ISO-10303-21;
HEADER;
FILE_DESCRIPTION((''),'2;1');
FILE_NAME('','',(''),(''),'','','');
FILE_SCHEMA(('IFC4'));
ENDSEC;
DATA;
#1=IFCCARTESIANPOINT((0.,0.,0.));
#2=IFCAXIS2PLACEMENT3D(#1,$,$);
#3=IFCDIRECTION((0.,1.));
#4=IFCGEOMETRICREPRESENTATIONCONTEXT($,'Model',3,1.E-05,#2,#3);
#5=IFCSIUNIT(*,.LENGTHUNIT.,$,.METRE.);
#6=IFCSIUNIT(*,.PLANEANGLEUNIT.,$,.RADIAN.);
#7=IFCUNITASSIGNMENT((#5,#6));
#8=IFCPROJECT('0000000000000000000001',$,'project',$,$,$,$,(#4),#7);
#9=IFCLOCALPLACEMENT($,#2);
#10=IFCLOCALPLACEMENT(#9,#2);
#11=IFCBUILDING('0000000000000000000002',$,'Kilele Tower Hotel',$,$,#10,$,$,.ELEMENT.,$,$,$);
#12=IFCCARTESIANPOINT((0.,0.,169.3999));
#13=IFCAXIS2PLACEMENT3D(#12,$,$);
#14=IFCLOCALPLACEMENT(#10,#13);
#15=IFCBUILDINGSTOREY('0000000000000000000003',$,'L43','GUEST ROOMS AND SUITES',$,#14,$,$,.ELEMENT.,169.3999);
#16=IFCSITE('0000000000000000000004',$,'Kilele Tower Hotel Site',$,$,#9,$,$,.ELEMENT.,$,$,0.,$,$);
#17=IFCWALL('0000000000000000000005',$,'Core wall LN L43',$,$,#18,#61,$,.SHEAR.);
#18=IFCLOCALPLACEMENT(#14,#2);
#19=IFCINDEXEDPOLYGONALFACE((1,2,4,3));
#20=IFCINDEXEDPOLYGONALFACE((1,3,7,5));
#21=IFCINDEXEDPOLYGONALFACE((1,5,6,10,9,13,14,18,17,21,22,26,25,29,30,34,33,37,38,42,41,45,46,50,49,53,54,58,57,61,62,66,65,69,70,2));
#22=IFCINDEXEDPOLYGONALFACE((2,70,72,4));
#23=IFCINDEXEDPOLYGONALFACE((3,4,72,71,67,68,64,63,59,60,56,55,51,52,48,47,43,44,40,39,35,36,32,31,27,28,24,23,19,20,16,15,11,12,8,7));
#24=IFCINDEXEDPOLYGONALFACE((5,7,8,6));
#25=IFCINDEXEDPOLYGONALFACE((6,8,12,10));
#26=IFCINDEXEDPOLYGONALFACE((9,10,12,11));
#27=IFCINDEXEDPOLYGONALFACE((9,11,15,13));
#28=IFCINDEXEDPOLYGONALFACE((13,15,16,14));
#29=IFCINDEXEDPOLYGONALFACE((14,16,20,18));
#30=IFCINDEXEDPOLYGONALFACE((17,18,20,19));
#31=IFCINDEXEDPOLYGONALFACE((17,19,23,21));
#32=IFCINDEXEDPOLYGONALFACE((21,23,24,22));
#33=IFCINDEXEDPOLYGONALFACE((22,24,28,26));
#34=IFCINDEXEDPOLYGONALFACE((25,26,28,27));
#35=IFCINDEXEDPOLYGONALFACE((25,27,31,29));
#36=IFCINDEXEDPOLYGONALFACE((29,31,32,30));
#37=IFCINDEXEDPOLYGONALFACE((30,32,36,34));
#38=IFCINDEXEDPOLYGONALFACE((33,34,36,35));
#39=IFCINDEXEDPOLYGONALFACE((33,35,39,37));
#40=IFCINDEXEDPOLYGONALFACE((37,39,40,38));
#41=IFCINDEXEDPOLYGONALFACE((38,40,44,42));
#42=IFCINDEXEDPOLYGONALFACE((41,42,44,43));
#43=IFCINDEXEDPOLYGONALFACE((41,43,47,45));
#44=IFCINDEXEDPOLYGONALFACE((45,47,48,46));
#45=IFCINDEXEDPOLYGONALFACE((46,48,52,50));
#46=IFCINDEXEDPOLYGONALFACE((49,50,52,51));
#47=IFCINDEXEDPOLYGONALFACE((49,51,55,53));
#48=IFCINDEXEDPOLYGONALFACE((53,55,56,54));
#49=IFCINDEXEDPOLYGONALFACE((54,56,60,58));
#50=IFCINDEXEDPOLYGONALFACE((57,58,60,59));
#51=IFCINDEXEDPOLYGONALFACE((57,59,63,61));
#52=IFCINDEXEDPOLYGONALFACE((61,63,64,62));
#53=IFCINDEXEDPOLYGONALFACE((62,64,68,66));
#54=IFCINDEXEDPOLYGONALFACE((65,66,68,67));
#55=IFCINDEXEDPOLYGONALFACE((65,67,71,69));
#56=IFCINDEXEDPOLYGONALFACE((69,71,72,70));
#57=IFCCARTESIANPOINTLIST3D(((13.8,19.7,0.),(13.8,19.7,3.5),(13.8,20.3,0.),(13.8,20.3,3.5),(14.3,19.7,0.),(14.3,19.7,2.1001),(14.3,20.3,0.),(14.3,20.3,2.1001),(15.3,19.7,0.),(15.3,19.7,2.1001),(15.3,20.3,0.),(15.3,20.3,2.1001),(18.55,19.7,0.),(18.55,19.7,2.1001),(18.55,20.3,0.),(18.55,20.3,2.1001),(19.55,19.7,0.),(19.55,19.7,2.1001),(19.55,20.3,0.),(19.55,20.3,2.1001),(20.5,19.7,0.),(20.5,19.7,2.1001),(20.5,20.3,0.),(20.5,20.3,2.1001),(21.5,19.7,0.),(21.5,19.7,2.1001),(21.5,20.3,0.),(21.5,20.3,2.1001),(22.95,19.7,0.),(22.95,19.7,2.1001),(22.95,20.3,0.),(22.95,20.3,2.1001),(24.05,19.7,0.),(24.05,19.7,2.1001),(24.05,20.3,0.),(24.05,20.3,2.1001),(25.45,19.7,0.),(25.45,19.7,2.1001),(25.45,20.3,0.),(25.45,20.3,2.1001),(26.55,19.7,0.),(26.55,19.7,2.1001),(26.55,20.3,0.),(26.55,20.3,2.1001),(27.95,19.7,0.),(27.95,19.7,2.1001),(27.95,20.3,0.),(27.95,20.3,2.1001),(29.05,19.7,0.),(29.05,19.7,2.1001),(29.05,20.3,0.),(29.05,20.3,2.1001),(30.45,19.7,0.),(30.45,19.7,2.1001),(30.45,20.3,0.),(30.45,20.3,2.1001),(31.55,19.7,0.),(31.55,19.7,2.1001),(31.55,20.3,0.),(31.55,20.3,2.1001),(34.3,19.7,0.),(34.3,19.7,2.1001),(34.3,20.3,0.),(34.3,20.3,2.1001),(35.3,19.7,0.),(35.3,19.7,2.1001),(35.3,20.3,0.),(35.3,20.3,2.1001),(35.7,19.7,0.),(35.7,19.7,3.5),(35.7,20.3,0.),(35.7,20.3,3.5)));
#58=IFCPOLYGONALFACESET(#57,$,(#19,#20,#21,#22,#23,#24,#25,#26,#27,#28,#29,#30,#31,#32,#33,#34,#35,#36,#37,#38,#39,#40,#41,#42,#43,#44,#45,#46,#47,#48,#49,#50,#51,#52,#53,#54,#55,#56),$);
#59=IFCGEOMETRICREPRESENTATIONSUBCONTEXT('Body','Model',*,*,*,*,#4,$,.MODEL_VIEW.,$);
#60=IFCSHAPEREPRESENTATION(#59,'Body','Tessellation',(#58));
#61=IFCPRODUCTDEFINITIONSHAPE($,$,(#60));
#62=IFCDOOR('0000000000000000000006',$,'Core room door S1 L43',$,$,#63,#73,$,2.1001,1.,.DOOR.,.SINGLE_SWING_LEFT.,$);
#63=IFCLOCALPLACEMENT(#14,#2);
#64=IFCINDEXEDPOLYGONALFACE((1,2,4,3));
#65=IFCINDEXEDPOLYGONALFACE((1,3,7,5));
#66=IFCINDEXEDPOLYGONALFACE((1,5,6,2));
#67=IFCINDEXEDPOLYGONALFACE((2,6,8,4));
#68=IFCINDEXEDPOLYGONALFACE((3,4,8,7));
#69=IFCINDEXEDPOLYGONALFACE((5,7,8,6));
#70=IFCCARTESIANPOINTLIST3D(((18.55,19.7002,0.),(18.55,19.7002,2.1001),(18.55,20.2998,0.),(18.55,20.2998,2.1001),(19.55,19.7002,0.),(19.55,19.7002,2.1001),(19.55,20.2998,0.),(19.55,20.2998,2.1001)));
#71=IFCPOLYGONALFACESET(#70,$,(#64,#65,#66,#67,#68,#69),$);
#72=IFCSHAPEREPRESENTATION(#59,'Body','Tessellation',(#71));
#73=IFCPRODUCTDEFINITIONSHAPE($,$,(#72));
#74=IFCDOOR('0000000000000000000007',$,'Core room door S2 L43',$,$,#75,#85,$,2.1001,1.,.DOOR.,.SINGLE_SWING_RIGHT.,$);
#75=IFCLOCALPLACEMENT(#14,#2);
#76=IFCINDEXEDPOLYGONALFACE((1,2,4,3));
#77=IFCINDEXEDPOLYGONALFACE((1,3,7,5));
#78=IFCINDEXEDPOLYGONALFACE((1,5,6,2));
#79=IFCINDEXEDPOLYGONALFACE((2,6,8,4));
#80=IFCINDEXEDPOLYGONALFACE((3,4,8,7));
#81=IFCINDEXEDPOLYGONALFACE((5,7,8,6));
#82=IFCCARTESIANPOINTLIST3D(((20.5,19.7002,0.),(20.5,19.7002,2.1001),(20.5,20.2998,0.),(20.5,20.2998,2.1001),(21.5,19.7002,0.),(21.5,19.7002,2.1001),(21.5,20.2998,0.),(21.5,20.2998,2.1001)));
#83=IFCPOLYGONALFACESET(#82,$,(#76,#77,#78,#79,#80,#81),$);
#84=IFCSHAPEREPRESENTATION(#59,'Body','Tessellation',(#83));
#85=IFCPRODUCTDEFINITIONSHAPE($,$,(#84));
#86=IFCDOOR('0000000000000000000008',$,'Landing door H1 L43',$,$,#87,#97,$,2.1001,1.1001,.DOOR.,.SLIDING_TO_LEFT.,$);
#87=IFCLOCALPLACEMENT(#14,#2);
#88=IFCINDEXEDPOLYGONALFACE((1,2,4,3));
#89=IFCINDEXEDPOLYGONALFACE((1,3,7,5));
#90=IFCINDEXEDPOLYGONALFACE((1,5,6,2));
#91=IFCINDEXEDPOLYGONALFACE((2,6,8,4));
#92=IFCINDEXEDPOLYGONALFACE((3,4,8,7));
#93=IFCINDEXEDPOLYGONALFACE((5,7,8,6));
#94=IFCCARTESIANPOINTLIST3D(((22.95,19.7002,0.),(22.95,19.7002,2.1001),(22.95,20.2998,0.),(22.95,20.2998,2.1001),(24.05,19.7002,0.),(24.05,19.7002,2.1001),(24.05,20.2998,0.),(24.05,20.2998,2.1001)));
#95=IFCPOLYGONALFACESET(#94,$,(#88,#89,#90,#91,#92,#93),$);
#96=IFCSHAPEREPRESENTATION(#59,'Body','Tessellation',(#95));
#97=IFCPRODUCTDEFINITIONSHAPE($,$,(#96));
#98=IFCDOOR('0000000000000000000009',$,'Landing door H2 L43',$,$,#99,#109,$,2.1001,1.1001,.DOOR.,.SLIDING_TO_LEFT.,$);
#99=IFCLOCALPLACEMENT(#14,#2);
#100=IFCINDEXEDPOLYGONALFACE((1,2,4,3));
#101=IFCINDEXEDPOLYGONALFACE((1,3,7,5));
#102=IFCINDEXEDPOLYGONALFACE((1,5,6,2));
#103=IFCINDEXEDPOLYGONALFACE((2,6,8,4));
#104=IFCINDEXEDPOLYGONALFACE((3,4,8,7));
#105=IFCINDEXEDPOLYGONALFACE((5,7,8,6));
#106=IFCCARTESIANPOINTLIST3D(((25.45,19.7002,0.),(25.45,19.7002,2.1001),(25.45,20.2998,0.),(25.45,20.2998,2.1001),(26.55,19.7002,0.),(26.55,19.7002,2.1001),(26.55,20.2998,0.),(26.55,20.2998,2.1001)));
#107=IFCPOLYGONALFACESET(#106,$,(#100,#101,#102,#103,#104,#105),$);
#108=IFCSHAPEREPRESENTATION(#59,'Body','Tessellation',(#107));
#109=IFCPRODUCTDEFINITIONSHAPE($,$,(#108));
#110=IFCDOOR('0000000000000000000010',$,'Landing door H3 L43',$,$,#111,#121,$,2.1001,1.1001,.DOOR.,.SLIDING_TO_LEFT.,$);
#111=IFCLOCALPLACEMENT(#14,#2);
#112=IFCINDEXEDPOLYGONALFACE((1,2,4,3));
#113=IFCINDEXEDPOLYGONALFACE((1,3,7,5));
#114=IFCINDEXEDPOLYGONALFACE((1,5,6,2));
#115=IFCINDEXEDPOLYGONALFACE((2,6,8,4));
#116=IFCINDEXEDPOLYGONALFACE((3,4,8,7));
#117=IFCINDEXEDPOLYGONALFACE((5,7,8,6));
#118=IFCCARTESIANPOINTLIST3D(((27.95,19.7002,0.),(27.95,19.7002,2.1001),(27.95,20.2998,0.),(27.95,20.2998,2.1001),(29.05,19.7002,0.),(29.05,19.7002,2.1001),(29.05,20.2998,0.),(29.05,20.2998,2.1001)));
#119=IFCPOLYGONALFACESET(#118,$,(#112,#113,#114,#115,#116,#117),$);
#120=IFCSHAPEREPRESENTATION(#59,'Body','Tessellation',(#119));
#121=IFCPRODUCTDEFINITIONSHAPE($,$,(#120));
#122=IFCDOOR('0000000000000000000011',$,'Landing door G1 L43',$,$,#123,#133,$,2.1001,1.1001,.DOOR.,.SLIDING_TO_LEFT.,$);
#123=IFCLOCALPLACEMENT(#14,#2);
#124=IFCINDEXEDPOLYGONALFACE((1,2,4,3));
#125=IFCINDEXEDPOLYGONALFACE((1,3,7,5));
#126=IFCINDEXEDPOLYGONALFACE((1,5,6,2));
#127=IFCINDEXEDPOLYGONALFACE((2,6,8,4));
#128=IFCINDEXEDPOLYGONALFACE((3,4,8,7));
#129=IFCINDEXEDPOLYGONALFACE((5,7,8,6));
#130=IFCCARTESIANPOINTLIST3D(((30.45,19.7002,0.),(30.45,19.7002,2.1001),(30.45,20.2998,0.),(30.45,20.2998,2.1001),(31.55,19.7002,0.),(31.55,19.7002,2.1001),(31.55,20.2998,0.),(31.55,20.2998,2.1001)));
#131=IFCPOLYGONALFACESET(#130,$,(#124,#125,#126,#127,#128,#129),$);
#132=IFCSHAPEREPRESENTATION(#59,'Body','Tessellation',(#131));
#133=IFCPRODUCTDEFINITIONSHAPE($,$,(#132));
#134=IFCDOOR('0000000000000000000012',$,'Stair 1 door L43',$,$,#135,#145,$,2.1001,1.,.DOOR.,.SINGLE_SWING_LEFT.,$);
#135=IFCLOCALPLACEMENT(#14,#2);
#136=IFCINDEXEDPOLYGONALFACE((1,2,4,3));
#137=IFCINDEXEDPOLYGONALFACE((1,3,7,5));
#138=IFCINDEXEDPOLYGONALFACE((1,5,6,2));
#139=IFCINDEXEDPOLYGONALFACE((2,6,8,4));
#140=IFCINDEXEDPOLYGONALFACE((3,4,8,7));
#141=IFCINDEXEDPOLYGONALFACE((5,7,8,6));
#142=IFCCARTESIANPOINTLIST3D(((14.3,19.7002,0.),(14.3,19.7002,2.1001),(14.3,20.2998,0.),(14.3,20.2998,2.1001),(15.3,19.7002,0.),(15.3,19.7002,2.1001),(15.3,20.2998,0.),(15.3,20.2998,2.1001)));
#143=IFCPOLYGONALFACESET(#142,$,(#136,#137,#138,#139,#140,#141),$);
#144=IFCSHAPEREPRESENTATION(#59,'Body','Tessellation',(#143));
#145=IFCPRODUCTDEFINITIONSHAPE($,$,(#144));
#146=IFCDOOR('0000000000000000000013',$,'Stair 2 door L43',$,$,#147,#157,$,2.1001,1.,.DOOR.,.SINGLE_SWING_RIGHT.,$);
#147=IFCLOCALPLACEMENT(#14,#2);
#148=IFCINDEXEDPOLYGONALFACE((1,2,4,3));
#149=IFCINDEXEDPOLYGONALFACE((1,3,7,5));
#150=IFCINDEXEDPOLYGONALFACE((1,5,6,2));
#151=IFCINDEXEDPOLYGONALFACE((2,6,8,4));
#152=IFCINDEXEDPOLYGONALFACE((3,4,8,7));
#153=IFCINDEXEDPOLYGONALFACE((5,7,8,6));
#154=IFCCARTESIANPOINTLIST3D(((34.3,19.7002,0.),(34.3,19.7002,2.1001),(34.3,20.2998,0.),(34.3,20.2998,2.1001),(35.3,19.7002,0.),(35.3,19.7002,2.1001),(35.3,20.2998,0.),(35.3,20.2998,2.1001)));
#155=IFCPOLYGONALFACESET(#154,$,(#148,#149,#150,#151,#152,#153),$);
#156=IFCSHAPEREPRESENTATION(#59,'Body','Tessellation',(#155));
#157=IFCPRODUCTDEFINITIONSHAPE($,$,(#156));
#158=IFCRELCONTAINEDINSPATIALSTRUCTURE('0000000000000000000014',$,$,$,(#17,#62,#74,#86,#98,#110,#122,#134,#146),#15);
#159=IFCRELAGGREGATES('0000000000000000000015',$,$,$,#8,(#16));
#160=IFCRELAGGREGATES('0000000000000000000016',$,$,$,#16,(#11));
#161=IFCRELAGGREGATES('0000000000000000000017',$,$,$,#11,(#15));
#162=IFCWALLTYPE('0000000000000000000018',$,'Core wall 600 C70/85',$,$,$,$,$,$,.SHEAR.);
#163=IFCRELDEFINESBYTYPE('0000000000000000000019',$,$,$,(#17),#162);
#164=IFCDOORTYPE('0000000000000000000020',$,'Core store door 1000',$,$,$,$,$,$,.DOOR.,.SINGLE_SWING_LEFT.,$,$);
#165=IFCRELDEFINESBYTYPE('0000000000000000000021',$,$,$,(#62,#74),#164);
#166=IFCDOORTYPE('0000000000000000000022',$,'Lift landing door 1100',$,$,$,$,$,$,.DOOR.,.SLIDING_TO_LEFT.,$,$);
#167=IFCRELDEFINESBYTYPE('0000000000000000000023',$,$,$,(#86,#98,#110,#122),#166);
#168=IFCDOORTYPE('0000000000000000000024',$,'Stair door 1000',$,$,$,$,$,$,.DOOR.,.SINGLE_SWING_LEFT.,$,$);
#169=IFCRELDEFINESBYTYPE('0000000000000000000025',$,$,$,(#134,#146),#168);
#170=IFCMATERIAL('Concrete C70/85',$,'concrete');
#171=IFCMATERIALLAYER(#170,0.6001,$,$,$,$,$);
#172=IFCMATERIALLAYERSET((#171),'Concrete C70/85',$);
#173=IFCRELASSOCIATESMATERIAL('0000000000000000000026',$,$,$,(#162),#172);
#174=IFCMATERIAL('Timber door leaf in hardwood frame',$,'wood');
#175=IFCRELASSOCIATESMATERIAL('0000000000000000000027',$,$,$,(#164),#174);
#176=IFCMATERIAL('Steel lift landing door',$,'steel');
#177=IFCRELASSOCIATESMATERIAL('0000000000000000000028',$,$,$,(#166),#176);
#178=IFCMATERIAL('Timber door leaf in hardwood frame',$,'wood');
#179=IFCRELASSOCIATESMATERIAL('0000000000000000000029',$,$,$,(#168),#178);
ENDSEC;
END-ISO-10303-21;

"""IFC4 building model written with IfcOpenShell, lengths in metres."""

from ifc_helpers import new_model, si_unit, direction, frame, frame_2d, origin, place, context, subcontext, project, spatial, rectangle, extrude, material, layer, layer_set, type_object, element, fill, save


model = new_model("IFC4")

# Units and contexts
model_context = context("Model", 3, precision=1e-05, world=origin(), true_north=direction((0.0, 1.0)))
body_context = subcontext(model_context, "Body", "Model", "MODEL_VIEW")
ifc_project = project(units=[si_unit("LENGTHUNIT", "METRE"), si_unit("PLANEANGLEUNIT", "RADIAN")], contexts=[model_context])

# Site, building, storey
site_placement = place(None, origin())
site = spatial("IfcSite", under=ifc_project, at=site_placement, Name="Kilele Tower Hotel Site", CompositionType="ELEMENT", RefElevation=0.0)
building_placement = place(site_placement, origin())
building = spatial("IfcBuilding", under=site, at=building_placement, Name="Kilele Tower Hotel", CompositionType="ELEMENT")
storey_placement = place(building_placement, frame((0.0, 0.0, 169.3999)))
storey = spatial("IfcBuildingStorey", under=building, at=storey_placement, Name="L43", Description="GUEST ROOMS AND SUITES", CompositionType="ELEMENT", Elevation=169.3999)

# Shared definitions
ifc_material_1 = material(Name="Concrete C70/85", Category="concrete")
ifc_layer_1 = layer(ifc_material_1, 0.6001)
ifc_layer_set_1 = layer_set([ifc_layer_1], Name="Concrete C70/85")
wall_type_1 = type_object("IfcWallType", Name="Core wall 600 C70/85", PredefinedType="SHEAR", material=ifc_layer_set_1)

# Wall, openings, doors
ifc_material_2 = material(Name="Timber door leaf in hardwood frame", Category="wood")
door_type_1 = type_object("IfcDoorType", Name="Core store door 1000", OperationType="SINGLE_SWING_LEFT", PredefinedType="DOOR", material=ifc_material_2)
wall_1_placement = place(storey_placement, frame((13.8, 20.0, 0.0), z_axis=(0.0, 0.0, 1.0), x_axis=(1.0, 0.0, 0.0)))
wall_1 = element("IfcWall", 1, at=wall_1_placement, inside=storey, type_object=wall_type_1, Name="Core wall LN L43", PredefinedType="SHEAR", context=body_context, shape_type="SweptSolid", body=[
    extrude(rectangle(XDim=21.8999, YDim=0.6001, at=frame_2d((10.95, 0.0))), origin(), (0.0, 0.0, 1.0), 3.5),
])
opening_1_placement = place(wall_1_placement, frame((0.5, 0.0, 0.0)))
opening_1 = element("IfcOpeningElement", 2, at=opening_1_placement, cuts=wall_1, PredefinedType="OPENING", context=body_context, shape_type="SweptSolid", body=[
    extrude(rectangle(XDim=1.0, YDim=2.1001, at=frame_2d((0.5, 1.05))), frame((0.0, 0.3101, 0.0), z_axis=(0.0, -1.0, 0.0), x_axis=(1.0, 0.0, 0.0)), (0.0, 0.0, 1.0), 0.6201),
])
opening_2_placement = place(wall_1_placement, frame((20.5, 0.0, 0.0)))
opening_2 = element("IfcOpeningElement", 3, at=opening_2_placement, cuts=wall_1, PredefinedType="OPENING", context=body_context, shape_type="SweptSolid", body=[
    extrude(rectangle(XDim=1.0, YDim=2.1001, at=frame_2d((0.5, 1.05))), frame((0.0, 0.3101, 0.0), z_axis=(0.0, -1.0, 0.0), x_axis=(1.0, 0.0, 0.0)), (0.0, 0.0, 1.0), 0.6201),
])
opening_3_placement = place(wall_1_placement, frame((9.1499, 0.0, 0.0)))
opening_3 = element("IfcOpeningElement", 4, at=opening_3_placement, cuts=wall_1, PredefinedType="OPENING", context=body_context, shape_type="SweptSolid", body=[
    extrude(rectangle(XDim=1.1001, YDim=2.1001, at=frame_2d((0.55, 1.05))), frame((0.0, 0.3101, 0.0), z_axis=(0.0, -1.0, 0.0), x_axis=(1.0, 0.0, 0.0)), (0.0, 0.0, 1.0), 0.6201),
])
opening_4_placement = place(wall_1_placement, frame((11.6499, 0.0, 0.0)))
opening_4 = element("IfcOpeningElement", 5, at=opening_4_placement, cuts=wall_1, PredefinedType="OPENING", context=body_context, shape_type="SweptSolid", body=[
    extrude(rectangle(XDim=1.1001, YDim=2.1001, at=frame_2d((0.55, 1.05))), frame((0.0, 0.3101, 0.0), z_axis=(0.0, -1.0, 0.0), x_axis=(1.0, 0.0, 0.0)), (0.0, 0.0, 1.0), 0.6201),
])
opening_5_placement = place(wall_1_placement, frame((14.1499, 0.0, 0.0)))
opening_5 = element("IfcOpeningElement", 6, at=opening_5_placement, cuts=wall_1, PredefinedType="OPENING", context=body_context, shape_type="SweptSolid", body=[
    extrude(rectangle(XDim=1.1001, YDim=2.1001, at=frame_2d((0.55, 1.05))), frame((0.0, 0.3101, 0.0), z_axis=(0.0, -1.0, 0.0), x_axis=(1.0, 0.0, 0.0)), (0.0, 0.0, 1.0), 0.6201),
])
opening_6_placement = place(wall_1_placement, frame((16.6499, 0.0, 0.0)))
opening_6 = element("IfcOpeningElement", 7, at=opening_6_placement, cuts=wall_1, PredefinedType="OPENING", context=body_context, shape_type="SweptSolid", body=[
    extrude(rectangle(XDim=1.1001, YDim=2.1001, at=frame_2d((0.55, 1.05))), frame((0.0, 0.3101, 0.0), z_axis=(0.0, -1.0, 0.0), x_axis=(1.0, 0.0, 0.0)), (0.0, 0.0, 1.0), 0.6201),
])
opening_7_placement = place(wall_1_placement, frame((4.75, 0.0, 0.0)))
opening_7 = element("IfcOpeningElement", 8, at=opening_7_placement, cuts=wall_1, PredefinedType="OPENING", context=body_context, shape_type="SweptSolid", body=[
    extrude(rectangle(XDim=1.0, YDim=2.1001, at=frame_2d((0.5, 1.05))), frame((0.0, 0.3101, 0.0), z_axis=(0.0, -1.0, 0.0), x_axis=(1.0, 0.0, 0.0)), (0.0, 0.0, 1.0), 0.6201),
])
opening_8_placement = place(wall_1_placement, frame((6.7, 0.0, 0.0)))
opening_8 = element("IfcOpeningElement", 9, at=opening_8_placement, cuts=wall_1, PredefinedType="OPENING", context=body_context, shape_type="SweptSolid", body=[
    extrude(rectangle(XDim=1.0, YDim=2.1001, at=frame_2d((0.5, 1.05))), frame((0.0, 0.3101, 0.0), z_axis=(0.0, -1.0, 0.0), x_axis=(1.0, 0.0, 0.0)), (0.0, 0.0, 1.0), 0.6201),
])
door_1_placement = place(opening_7_placement, origin())
door_1 = element("IfcDoor", 10, at=door_1_placement, inside=storey, type_object=door_type_1, Name="Core room door S1 L43", OperationType="SINGLE_SWING_LEFT", OverallHeight=2.1001, OverallWidth=1.0, PredefinedType="DOOR", context=body_context, shape_type="SweptSolid", body=[
    extrude(rectangle(XDim=1.0, YDim=2.1001, at=frame_2d((0.5, 1.05))), frame((0.0, 0.2998, 0.0), z_axis=(0.0, -1.0, 0.0), x_axis=(1.0, 0.0, 0.0)), (0.0, 0.0, 1.0), 0.5996),
])
fill(opening_7, door_1)
door_2_placement = place(opening_8_placement, origin())
door_2 = element("IfcDoor", 11, at=door_2_placement, inside=storey, type_object=door_type_1, Name="Core room door S2 L43", OperationType="SINGLE_SWING_RIGHT", OverallHeight=2.1001, OverallWidth=1.0, PredefinedType="DOOR", context=body_context, shape_type="SweptSolid", body=[
    extrude(rectangle(XDim=1.0, YDim=2.1001, at=frame_2d((0.5, 1.05))), frame((0.0, 0.2998, 0.0), z_axis=(0.0, -1.0, 0.0), x_axis=(1.0, 0.0, 0.0)), (0.0, 0.0, 1.0), 0.5996),
])
fill(opening_8, door_2)
ifc_material_3 = material(Name="Steel lift landing door", Category="steel")
door_type_2 = type_object("IfcDoorType", Name="Lift landing door 1100", OperationType="SLIDING_TO_LEFT", PredefinedType="DOOR", material=ifc_material_3)
door_3_placement = place(opening_3_placement, origin())
door_3 = element("IfcDoor", 12, at=door_3_placement, inside=storey, type_object=door_type_2, Name="Landing door H1 L43", OperationType="SLIDING_TO_LEFT", OverallHeight=2.1001, OverallWidth=1.1001, PredefinedType="DOOR", context=body_context, shape_type="SweptSolid", body=[
    extrude(rectangle(XDim=1.1001, YDim=2.1001, at=frame_2d((0.55, 1.05))), frame((0.0, 0.2998, 0.0), z_axis=(0.0, -1.0, 0.0), x_axis=(1.0, 0.0, 0.0)), (0.0, 0.0, 1.0), 0.5996),
])
fill(opening_3, door_3)
door_4_placement = place(opening_4_placement, origin())
door_4 = element("IfcDoor", 13, at=door_4_placement, inside=storey, type_object=door_type_2, Name="Landing door H2 L43", OperationType="SLIDING_TO_LEFT", OverallHeight=2.1001, OverallWidth=1.1001, PredefinedType="DOOR", context=body_context, shape_type="SweptSolid", body=[
    extrude(rectangle(XDim=1.1001, YDim=2.1001, at=frame_2d((0.55, 1.05))), frame((0.0, 0.2998, 0.0), z_axis=(0.0, -1.0, 0.0), x_axis=(1.0, 0.0, 0.0)), (0.0, 0.0, 1.0), 0.5996),
])
fill(opening_4, door_4)
door_5_placement = place(opening_5_placement, origin())
door_5 = element("IfcDoor", 14, at=door_5_placement, inside=storey, type_object=door_type_2, Name="Landing door H3 L43", OperationType="SLIDING_TO_LEFT", OverallHeight=2.1001, OverallWidth=1.1001, PredefinedType="DOOR", context=body_context, shape_type="SweptSolid", body=[
    extrude(rectangle(XDim=1.1001, YDim=2.1001, at=frame_2d((0.55, 1.05))), frame((0.0, 0.2998, 0.0), z_axis=(0.0, -1.0, 0.0), x_axis=(1.0, 0.0, 0.0)), (0.0, 0.0, 1.0), 0.5996),
])
fill(opening_5, door_5)
door_6_placement = place(opening_6_placement, origin())
door_6 = element("IfcDoor", 15, at=door_6_placement, inside=storey, type_object=door_type_2, Name="Landing door G1 L43", OperationType="SLIDING_TO_LEFT", OverallHeight=2.1001, OverallWidth=1.1001, PredefinedType="DOOR", context=body_context, shape_type="SweptSolid", body=[
    extrude(rectangle(XDim=1.1001, YDim=2.1001, at=frame_2d((0.55, 1.05))), frame((0.0, 0.2998, 0.0), z_axis=(0.0, -1.0, 0.0), x_axis=(1.0, 0.0, 0.0)), (0.0, 0.0, 1.0), 0.5996),
])
fill(opening_6, door_6)
ifc_material_4 = material(Name="Timber door leaf in hardwood frame", Category="wood")
door_type_3 = type_object("IfcDoorType", Name="Stair door 1000", OperationType="SINGLE_SWING_LEFT", PredefinedType="DOOR", material=ifc_material_4)
door_7_placement = place(opening_1_placement, origin())
door_7 = element("IfcDoor", 16, at=door_7_placement, inside=storey, type_object=door_type_3, Name="Stair 1 door L43", OperationType="SINGLE_SWING_LEFT", OverallHeight=2.1001, OverallWidth=1.0, PredefinedType="DOOR", context=body_context, shape_type="SweptSolid", body=[
    extrude(rectangle(XDim=1.0, YDim=2.1001, at=frame_2d((0.5, 1.05))), frame((0.0, 0.2998, 0.0), z_axis=(0.0, -1.0, 0.0), x_axis=(1.0, 0.0, 0.0)), (0.0, 0.0, 1.0), 0.5996),
])
fill(opening_1, door_7)
door_8_placement = place(opening_2_placement, origin())
door_8 = element("IfcDoor", 17, at=door_8_placement, inside=storey, type_object=door_type_3, Name="Stair 2 door L43", OperationType="SINGLE_SWING_RIGHT", OverallHeight=2.1001, OverallWidth=1.0, PredefinedType="DOOR", context=body_context, shape_type="SweptSolid", body=[
    extrude(rectangle(XDim=1.0, YDim=2.1001, at=frame_2d((0.5, 1.05))), frame((0.0, 0.2998, 0.0), z_axis=(0.0, -1.0, 0.0), x_axis=(1.0, 0.0, 0.0)), (0.0, 0.0, 1.0), 0.5996),
])
fill(opening_2, door_8)

save(model, "model.ifc")
